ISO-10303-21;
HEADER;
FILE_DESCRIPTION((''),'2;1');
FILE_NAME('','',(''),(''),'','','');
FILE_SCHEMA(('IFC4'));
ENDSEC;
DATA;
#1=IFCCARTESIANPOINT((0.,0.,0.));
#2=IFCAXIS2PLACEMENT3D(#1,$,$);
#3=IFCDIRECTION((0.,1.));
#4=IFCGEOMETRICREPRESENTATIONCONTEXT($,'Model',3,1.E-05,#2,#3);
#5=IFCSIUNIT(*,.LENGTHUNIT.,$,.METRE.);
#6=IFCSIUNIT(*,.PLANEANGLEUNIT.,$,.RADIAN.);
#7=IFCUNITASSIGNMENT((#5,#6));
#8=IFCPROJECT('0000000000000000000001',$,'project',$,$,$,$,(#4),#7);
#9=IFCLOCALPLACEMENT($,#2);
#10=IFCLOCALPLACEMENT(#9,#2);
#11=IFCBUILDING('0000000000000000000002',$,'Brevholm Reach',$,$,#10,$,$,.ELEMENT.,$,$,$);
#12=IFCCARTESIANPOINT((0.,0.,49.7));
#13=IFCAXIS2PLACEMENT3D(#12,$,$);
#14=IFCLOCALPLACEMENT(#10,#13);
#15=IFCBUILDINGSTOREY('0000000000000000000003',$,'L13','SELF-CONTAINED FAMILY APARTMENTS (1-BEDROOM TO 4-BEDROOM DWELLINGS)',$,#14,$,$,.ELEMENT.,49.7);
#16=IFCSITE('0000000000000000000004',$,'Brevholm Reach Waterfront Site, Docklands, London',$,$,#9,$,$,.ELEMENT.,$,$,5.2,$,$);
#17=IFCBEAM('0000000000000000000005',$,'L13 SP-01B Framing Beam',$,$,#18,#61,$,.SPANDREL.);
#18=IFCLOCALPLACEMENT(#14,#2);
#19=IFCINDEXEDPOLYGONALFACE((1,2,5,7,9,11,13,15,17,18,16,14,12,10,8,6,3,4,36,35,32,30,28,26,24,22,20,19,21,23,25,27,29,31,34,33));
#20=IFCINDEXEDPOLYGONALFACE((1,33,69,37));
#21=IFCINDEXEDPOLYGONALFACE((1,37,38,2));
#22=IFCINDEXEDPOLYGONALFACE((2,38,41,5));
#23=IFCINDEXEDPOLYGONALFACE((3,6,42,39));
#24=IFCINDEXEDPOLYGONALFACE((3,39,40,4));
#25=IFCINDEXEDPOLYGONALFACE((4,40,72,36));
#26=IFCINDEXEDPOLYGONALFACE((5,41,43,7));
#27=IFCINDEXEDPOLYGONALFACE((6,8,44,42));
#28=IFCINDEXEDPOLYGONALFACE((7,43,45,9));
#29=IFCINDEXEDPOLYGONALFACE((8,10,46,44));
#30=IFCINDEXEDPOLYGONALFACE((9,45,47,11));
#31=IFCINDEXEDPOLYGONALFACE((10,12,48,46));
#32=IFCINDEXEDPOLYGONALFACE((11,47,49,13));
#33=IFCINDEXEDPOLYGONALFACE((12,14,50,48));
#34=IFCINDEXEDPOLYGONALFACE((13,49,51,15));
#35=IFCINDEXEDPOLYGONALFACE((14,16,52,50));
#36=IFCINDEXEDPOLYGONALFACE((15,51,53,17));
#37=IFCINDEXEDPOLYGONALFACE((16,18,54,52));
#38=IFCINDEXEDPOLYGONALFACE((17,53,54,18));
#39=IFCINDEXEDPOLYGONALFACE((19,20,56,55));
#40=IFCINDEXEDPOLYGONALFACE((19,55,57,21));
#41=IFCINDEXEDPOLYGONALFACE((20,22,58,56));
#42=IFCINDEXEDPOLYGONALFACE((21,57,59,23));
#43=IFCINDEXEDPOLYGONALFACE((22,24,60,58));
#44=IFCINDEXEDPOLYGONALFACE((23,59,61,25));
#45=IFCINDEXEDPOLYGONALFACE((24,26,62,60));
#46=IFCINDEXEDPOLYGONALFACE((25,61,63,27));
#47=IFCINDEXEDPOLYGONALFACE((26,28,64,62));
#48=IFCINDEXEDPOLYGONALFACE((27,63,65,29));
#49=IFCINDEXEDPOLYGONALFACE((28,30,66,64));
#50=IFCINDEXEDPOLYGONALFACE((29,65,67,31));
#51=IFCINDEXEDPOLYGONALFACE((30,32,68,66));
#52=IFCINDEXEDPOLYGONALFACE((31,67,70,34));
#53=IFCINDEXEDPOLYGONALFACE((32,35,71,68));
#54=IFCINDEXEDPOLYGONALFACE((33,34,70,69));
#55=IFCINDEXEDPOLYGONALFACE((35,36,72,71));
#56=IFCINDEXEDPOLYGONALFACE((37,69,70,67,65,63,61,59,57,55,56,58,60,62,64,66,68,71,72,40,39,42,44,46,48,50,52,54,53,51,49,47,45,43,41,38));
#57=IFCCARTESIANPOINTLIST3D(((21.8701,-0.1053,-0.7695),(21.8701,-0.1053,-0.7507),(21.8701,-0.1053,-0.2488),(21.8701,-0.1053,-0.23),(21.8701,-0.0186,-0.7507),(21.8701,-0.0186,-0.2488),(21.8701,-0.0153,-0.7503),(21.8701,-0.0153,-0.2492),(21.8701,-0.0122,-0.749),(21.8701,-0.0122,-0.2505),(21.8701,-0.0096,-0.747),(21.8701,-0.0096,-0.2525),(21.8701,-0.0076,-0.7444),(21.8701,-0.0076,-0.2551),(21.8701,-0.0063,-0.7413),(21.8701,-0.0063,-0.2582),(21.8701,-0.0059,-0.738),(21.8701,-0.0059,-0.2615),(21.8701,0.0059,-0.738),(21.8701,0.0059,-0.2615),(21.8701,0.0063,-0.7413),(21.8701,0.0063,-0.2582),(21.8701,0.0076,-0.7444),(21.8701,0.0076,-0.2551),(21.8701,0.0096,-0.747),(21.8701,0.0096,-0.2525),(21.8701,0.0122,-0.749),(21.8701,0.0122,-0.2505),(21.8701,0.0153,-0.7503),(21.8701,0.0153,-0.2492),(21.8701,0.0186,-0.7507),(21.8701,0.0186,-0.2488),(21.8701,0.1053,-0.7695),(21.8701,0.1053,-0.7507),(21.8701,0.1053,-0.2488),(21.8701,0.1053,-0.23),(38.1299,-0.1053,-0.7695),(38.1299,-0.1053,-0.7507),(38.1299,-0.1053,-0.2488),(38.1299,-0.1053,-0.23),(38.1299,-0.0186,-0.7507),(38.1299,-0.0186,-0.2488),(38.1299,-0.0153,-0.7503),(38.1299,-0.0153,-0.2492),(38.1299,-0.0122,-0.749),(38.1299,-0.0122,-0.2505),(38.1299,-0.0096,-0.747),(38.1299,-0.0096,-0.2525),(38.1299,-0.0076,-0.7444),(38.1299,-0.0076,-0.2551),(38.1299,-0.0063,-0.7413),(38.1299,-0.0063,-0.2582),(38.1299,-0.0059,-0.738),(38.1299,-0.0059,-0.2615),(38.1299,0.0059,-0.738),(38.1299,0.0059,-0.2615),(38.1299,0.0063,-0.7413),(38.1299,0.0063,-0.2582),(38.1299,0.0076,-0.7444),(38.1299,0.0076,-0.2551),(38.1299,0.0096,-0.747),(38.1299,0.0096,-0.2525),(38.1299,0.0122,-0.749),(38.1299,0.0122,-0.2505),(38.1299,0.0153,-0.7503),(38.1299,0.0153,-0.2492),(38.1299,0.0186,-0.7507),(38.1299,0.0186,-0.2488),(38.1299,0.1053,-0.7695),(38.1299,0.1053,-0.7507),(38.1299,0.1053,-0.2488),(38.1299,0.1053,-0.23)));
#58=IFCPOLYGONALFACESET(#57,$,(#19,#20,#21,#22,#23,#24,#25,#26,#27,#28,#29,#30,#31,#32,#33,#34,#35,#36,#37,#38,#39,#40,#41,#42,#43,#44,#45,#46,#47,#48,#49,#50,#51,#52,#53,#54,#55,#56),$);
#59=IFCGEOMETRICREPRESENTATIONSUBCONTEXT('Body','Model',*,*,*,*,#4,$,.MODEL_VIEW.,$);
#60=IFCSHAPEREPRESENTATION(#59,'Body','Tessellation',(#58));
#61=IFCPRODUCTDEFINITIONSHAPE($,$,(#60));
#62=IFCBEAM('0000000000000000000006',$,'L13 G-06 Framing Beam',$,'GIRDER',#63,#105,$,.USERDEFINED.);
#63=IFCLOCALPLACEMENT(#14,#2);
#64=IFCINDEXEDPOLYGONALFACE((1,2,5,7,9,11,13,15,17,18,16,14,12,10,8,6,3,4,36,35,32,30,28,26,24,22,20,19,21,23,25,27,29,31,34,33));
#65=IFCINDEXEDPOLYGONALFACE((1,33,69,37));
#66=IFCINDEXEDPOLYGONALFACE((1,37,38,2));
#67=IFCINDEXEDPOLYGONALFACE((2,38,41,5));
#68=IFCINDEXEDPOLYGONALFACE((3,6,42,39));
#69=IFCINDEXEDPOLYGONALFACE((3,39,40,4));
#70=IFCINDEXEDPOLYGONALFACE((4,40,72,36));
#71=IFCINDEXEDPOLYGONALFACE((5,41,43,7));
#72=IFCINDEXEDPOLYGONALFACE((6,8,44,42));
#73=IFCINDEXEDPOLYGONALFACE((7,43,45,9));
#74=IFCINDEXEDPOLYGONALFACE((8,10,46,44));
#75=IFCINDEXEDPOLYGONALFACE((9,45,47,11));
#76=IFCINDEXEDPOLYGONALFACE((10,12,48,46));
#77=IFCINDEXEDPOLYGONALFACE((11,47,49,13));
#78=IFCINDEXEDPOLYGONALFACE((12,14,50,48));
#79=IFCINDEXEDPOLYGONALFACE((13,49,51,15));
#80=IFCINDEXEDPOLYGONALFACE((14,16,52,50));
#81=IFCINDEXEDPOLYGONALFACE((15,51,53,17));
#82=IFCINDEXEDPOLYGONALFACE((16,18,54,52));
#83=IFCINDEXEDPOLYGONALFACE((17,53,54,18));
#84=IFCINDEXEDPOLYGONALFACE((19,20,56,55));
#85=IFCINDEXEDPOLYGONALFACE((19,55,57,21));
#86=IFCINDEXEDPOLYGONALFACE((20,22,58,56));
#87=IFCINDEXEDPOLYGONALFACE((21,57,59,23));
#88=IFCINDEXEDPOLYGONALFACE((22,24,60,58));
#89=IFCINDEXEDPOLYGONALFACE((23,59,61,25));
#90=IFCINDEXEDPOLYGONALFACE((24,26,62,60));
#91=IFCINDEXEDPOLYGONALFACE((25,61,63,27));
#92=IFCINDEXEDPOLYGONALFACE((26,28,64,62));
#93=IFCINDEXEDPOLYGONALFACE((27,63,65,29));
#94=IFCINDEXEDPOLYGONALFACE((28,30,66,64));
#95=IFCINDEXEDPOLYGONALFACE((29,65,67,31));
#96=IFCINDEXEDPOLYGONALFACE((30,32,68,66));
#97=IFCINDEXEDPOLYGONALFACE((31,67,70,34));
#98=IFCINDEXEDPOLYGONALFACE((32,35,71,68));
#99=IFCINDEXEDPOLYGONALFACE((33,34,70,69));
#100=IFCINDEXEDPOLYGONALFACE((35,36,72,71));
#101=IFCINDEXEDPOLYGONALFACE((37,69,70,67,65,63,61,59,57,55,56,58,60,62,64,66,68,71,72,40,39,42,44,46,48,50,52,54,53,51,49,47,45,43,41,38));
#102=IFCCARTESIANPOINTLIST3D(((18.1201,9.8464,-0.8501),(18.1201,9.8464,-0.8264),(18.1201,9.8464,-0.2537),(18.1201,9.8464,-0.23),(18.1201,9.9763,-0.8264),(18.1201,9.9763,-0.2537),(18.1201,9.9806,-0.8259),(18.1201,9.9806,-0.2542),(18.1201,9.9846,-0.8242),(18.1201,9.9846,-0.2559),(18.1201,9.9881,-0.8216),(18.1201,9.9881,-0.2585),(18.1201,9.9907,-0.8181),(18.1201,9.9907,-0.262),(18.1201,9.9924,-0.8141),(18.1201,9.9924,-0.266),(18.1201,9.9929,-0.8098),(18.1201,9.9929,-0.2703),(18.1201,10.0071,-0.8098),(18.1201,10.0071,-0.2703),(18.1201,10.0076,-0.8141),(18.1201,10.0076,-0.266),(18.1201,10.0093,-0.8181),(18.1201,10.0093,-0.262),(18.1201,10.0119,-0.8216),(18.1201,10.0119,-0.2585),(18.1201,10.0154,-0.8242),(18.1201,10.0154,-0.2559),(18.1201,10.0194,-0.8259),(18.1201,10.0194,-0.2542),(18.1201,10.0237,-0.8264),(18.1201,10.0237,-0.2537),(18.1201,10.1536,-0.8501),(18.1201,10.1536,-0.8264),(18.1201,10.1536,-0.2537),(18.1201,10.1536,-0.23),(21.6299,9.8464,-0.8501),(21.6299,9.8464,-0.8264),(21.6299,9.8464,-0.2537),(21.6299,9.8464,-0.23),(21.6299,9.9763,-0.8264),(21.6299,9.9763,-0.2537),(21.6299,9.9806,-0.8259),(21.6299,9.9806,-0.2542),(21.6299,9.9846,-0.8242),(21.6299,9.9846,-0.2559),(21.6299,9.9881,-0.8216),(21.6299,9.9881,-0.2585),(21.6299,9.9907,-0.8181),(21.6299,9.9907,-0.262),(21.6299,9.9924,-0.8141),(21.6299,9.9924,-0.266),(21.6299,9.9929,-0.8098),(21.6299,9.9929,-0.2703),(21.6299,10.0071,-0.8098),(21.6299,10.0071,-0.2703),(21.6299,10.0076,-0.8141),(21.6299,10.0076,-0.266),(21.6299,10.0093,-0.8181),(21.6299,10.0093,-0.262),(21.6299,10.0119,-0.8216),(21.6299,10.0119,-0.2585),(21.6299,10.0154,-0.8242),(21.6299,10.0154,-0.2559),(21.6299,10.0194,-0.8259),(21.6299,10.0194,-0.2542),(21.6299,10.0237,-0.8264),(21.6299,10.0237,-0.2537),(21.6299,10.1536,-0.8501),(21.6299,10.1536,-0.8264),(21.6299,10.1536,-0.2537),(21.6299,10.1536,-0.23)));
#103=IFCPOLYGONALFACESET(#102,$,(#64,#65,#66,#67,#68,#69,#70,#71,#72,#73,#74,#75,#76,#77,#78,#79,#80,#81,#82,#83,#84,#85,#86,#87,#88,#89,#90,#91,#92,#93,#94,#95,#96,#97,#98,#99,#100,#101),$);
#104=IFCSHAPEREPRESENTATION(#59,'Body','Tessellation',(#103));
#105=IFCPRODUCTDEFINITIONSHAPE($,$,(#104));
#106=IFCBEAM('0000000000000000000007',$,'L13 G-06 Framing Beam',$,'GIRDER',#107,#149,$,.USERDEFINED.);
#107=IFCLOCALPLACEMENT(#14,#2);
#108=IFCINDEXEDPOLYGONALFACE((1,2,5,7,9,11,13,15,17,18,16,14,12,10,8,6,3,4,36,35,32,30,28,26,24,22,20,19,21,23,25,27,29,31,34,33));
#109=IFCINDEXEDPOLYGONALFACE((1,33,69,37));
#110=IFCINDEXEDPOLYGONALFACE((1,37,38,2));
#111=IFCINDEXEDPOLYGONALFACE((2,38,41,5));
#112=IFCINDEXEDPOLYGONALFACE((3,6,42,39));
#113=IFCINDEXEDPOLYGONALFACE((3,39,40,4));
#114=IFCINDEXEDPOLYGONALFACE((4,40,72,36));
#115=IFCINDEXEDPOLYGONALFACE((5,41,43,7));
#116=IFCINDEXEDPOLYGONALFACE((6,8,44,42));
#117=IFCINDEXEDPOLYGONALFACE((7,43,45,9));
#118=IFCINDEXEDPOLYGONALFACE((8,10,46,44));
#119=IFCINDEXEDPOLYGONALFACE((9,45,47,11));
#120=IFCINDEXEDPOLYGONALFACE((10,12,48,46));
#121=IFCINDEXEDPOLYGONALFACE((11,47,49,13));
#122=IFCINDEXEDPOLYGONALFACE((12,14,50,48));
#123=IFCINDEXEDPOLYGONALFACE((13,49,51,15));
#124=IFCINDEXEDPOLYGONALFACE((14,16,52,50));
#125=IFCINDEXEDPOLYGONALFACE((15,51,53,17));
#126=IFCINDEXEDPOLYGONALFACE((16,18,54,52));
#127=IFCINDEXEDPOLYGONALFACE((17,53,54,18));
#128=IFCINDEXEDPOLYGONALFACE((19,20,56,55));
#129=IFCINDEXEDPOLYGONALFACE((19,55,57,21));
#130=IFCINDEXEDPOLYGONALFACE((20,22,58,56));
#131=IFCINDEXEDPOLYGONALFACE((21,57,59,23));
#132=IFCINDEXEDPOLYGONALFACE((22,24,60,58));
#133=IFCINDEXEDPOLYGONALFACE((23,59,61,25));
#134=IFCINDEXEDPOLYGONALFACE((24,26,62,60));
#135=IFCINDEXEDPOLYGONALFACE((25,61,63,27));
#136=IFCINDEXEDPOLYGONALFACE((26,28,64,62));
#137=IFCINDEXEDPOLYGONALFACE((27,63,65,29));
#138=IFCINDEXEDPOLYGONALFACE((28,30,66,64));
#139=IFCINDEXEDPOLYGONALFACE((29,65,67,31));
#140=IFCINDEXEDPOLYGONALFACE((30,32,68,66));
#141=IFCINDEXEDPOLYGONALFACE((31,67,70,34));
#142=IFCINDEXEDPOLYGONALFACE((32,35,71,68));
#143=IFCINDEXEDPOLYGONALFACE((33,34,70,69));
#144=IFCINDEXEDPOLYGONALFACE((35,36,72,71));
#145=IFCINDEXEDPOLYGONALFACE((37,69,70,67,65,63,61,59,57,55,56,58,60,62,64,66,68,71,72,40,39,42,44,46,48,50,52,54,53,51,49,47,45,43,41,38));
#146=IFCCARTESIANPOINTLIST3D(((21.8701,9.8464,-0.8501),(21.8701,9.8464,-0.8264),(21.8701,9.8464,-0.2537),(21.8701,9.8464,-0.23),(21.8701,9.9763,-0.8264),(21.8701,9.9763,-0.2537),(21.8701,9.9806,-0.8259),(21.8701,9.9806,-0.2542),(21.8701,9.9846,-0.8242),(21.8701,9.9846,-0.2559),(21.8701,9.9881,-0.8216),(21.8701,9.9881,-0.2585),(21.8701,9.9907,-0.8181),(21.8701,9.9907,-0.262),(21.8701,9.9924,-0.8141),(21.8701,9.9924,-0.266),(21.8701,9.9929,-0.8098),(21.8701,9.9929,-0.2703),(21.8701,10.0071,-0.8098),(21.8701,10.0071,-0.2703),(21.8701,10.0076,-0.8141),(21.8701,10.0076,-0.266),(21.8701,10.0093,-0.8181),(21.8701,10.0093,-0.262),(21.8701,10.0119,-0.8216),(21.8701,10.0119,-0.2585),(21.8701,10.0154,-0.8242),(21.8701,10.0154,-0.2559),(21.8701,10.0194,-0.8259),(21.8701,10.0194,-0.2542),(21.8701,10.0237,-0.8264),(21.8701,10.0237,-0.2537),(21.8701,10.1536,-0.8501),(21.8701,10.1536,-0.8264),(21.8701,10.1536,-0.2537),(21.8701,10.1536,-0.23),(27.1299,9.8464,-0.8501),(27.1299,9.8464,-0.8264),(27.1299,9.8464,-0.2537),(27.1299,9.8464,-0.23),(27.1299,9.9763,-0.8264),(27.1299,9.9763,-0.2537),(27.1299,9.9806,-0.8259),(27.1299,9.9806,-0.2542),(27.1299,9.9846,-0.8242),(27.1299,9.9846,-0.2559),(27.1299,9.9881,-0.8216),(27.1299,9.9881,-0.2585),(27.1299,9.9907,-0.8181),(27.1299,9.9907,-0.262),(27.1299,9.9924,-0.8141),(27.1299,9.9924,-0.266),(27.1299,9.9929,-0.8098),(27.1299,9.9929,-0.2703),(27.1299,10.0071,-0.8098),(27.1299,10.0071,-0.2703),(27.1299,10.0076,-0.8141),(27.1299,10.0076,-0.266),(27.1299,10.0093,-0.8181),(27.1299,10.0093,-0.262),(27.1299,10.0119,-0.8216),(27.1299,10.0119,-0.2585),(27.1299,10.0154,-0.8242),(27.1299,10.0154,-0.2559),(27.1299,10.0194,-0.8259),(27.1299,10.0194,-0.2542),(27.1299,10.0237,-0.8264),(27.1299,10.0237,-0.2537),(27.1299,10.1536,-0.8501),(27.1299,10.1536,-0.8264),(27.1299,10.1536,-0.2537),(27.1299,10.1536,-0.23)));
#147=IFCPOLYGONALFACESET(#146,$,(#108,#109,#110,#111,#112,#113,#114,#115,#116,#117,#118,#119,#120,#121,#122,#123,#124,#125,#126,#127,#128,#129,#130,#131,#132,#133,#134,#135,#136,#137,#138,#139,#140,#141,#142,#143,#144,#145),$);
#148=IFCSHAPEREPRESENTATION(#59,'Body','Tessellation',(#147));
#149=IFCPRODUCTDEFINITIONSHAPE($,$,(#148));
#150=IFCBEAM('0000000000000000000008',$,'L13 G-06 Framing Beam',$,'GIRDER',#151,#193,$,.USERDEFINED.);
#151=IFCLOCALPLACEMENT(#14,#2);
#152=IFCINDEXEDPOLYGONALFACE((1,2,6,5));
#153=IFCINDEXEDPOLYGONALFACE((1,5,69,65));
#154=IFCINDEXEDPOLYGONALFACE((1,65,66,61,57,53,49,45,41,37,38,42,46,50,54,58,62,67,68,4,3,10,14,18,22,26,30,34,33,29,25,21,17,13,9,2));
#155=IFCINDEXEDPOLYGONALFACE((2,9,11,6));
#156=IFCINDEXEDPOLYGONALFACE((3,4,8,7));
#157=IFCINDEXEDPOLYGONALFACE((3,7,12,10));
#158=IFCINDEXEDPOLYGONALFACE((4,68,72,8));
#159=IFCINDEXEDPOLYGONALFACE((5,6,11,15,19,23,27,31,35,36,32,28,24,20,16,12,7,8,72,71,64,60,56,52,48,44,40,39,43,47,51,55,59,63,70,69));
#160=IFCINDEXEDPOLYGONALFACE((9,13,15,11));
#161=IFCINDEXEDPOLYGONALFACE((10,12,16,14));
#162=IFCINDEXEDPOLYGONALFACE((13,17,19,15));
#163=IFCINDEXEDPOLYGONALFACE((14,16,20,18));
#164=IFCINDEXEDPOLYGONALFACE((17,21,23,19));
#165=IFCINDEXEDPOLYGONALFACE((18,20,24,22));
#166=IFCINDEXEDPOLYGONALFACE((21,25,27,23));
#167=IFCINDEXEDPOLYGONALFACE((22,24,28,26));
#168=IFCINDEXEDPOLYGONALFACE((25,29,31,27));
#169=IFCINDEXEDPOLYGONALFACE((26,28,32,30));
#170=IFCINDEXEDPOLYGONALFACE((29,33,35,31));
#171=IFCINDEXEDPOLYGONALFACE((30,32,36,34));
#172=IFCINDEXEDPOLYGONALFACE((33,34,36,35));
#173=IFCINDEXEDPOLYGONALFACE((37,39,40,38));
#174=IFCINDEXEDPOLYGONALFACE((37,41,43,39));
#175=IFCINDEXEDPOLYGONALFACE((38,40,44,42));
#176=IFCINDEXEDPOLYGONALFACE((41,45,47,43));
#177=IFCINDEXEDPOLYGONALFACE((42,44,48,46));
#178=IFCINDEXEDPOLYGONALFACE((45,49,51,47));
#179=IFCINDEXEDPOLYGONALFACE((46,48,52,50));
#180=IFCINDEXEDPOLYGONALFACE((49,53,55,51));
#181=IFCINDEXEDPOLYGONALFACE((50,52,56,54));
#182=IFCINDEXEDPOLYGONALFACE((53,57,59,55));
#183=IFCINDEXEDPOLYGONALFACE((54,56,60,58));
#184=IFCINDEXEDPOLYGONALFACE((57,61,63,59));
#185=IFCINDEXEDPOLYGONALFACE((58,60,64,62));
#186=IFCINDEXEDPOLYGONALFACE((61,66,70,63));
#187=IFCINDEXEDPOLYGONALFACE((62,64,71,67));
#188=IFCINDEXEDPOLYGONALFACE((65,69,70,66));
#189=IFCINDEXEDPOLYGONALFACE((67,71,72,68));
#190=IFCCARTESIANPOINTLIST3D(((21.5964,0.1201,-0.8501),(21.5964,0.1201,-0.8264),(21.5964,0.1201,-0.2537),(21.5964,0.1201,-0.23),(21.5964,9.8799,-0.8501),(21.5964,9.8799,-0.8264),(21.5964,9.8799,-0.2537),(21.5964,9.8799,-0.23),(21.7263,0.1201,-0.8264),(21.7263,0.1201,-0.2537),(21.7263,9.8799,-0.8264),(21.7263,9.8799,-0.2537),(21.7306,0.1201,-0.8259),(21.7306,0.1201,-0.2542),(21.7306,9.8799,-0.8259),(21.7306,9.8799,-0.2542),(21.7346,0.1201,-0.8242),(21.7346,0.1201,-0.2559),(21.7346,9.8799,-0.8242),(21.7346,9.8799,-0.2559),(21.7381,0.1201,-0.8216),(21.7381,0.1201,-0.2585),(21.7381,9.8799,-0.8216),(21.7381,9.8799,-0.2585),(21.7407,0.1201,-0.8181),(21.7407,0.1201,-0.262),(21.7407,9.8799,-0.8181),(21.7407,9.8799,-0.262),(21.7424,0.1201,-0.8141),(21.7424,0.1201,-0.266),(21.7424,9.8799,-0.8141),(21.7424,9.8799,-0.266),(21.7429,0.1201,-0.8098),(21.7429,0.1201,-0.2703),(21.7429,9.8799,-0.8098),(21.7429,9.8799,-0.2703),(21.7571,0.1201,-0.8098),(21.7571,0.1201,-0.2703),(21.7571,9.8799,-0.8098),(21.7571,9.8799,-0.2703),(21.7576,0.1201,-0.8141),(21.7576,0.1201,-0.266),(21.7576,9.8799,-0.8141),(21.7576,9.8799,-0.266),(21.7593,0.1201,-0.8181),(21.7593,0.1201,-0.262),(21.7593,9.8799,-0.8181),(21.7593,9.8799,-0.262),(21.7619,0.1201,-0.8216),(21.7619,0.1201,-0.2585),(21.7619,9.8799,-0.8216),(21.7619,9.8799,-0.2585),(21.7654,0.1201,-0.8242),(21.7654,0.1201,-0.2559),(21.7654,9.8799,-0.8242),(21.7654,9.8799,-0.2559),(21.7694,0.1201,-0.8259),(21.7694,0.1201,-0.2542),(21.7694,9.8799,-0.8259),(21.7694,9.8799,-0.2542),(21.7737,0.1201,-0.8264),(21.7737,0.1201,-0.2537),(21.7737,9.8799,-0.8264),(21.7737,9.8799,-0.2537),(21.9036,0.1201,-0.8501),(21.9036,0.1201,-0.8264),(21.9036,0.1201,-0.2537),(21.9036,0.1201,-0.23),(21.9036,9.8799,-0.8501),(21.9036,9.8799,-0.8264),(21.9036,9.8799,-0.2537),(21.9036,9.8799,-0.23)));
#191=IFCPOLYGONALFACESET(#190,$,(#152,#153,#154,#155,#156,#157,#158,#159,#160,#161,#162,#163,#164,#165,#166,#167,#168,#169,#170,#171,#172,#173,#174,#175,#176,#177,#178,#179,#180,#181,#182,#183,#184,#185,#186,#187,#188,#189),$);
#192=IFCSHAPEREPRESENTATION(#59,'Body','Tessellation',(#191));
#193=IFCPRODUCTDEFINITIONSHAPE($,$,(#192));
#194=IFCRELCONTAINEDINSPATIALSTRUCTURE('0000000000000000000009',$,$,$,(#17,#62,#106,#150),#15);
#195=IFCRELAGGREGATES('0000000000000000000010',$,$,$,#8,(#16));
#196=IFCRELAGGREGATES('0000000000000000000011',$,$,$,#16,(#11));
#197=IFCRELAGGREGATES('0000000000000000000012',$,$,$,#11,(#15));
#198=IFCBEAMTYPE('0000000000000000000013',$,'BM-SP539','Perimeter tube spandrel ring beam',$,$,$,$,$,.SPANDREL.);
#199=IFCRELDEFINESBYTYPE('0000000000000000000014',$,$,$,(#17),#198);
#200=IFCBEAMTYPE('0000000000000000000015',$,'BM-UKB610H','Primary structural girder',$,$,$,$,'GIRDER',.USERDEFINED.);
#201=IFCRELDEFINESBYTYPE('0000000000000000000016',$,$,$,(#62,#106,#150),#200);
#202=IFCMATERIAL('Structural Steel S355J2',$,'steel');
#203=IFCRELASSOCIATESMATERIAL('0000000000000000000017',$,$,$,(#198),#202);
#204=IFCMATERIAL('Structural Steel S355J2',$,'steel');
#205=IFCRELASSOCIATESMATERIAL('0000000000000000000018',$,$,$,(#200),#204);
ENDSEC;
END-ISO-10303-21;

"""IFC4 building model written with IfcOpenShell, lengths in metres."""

from ifc_helpers import new_model, si_unit, direction, frame, origin, origin_2d, place, context, subcontext, project, spatial, i_section, extrude, material, material_profile, profile_set, type_object, element, save


model = new_model("IFC4")

# Units and contexts
model_context = context("Model", 3, precision=1e-05, world=origin(), true_north=direction((0.0, 1.0)))
body_context = subcontext(model_context, "Body", "Model", "MODEL_VIEW")
ifc_project = project(units=[si_unit("LENGTHUNIT", "METRE"), si_unit("PLANEANGLEUNIT", "RADIAN")], contexts=[model_context])

# Site, building, storey
site_placement = place(None, origin())
site = spatial("IfcSite", under=ifc_project, at=site_placement, Name="Brevholm Reach Waterfront Site, Docklands, London", CompositionType="ELEMENT", RefElevation=5.2)
building_placement = place(site_placement, origin())
building = spatial("IfcBuilding", under=site, at=building_placement, Name="Brevholm Reach", CompositionType="ELEMENT")
storey_placement = place(building_placement, frame((0.0, 0.0, 49.7)))
storey = spatial("IfcBuildingStorey", under=building, at=storey_placement, Name="L13", Description="SELF-CONTAINED FAMILY APARTMENTS (1-BEDROOM TO 4-BEDROOM DWELLINGS)", CompositionType="ELEMENT", Elevation=49.7)

# Beams
ifc_material_1 = material(Name="Structural Steel S355J2", Category="steel")
ifc_material_profile_1 = material_profile(ifc_material_1, i_section(OverallWidth=0.2107, OverallDepth=0.5396, WebThickness=0.0117, FlangeThickness=0.0188, FilletRadius=0.0127, at=origin_2d()), Name="UKB 533x210x109")
ifc_profile_set_1 = profile_set([ifc_material_profile_1], Name="Structural Steel S355J2")
beam_type_1 = type_object("IfcBeamType", Name="BM-SP539", Description="Perimeter tube spandrel ring beam", PredefinedType="SPANDREL", material=ifc_profile_set_1)
beam_1_placement = place(storey_placement, frame((21.8701, 0.0, -0.4998), z_axis=(1.0, 0.0, 0.0), x_axis=(0.0, 1.0, 0.0)))
element("IfcBeam", 1, at=beam_1_placement, inside=storey, type_object=beam_type_1, Name="L13 SP-01B Framing Beam", PredefinedType="SPANDREL", context=body_context, shape_type="SweptSolid", body=[
    extrude(i_section(OverallWidth=0.2107, OverallDepth=0.5396, WebThickness=0.0117, FlangeThickness=0.0188, FilletRadius=0.0127, at=origin_2d()), origin(), (0.0, 0.0, 1.0), 16.2598),
])
ifc_material_2 = material(Name="Structural Steel S355J2", Category="steel")
ifc_material_profile_2 = material_profile(ifc_material_2, i_section(OverallWidth=0.3071, OverallDepth=0.6201, WebThickness=0.0142, FlangeThickness=0.0237, FilletRadius=0.0166, at=origin_2d()), Name="UKB 610x305x179")
ifc_profile_set_2 = profile_set([ifc_material_profile_2], Name="Structural Steel S355J2")
beam_type_2 = type_object("IfcBeamType", Name="BM-UKB610H", Description="Primary structural girder", ElementType="GIRDER", PredefinedType="USERDEFINED", material=ifc_profile_set_2)
beam_2_placement = place(storey_placement, frame((18.1201, 10.0, -0.54), z_axis=(1.0, 0.0, 0.0), x_axis=(0.0, 1.0, 0.0)))
element("IfcBeam", 2, at=beam_2_placement, inside=storey, type_object=beam_type_2, Name="L13 G-06 Framing Beam", ObjectType="GIRDER", PredefinedType="USERDEFINED", context=body_context, shape_type="SweptSolid", body=[
    extrude(i_section(OverallWidth=0.3071, OverallDepth=0.6201, WebThickness=0.0142, FlangeThickness=0.0237, FilletRadius=0.0166, at=origin_2d()), origin(), (0.0, 0.0, 1.0), 3.5098),
])
beam_3_placement = place(storey_placement, frame((21.8701, 10.0, -0.54), z_axis=(1.0, 0.0, 0.0), x_axis=(0.0, 1.0, 0.0)))
element("IfcBeam", 3, at=beam_3_placement, inside=storey, type_object=beam_type_2, Name="L13 G-06 Framing Beam", ObjectType="GIRDER", PredefinedType="USERDEFINED", context=body_context, shape_type="SweptSolid", body=[
    extrude(i_section(OverallWidth=0.3071, OverallDepth=0.6201, WebThickness=0.0142, FlangeThickness=0.0237, FilletRadius=0.0166, at=origin_2d()), origin(), (0.0, 0.0, 1.0), 5.2598),
])
beam_4_placement = place(storey_placement, frame((21.75, 0.1201, -0.54), z_axis=(0.0, 1.0, 0.0), x_axis=(-1.0, 0.0, 0.0)))
element("IfcBeam", 4, at=beam_4_placement, inside=storey, type_object=beam_type_2, Name="L13 G-06 Framing Beam", ObjectType="GIRDER", PredefinedType="USERDEFINED", context=body_context, shape_type="SweptSolid", body=[
    extrude(i_section(OverallWidth=0.3071, OverallDepth=0.6201, WebThickness=0.0142, FlangeThickness=0.0237, FilletRadius=0.0166, at=origin_2d()), origin(), (0.0, 0.0, 1.0), 9.7598),
])

save(model, "model.ifc")
